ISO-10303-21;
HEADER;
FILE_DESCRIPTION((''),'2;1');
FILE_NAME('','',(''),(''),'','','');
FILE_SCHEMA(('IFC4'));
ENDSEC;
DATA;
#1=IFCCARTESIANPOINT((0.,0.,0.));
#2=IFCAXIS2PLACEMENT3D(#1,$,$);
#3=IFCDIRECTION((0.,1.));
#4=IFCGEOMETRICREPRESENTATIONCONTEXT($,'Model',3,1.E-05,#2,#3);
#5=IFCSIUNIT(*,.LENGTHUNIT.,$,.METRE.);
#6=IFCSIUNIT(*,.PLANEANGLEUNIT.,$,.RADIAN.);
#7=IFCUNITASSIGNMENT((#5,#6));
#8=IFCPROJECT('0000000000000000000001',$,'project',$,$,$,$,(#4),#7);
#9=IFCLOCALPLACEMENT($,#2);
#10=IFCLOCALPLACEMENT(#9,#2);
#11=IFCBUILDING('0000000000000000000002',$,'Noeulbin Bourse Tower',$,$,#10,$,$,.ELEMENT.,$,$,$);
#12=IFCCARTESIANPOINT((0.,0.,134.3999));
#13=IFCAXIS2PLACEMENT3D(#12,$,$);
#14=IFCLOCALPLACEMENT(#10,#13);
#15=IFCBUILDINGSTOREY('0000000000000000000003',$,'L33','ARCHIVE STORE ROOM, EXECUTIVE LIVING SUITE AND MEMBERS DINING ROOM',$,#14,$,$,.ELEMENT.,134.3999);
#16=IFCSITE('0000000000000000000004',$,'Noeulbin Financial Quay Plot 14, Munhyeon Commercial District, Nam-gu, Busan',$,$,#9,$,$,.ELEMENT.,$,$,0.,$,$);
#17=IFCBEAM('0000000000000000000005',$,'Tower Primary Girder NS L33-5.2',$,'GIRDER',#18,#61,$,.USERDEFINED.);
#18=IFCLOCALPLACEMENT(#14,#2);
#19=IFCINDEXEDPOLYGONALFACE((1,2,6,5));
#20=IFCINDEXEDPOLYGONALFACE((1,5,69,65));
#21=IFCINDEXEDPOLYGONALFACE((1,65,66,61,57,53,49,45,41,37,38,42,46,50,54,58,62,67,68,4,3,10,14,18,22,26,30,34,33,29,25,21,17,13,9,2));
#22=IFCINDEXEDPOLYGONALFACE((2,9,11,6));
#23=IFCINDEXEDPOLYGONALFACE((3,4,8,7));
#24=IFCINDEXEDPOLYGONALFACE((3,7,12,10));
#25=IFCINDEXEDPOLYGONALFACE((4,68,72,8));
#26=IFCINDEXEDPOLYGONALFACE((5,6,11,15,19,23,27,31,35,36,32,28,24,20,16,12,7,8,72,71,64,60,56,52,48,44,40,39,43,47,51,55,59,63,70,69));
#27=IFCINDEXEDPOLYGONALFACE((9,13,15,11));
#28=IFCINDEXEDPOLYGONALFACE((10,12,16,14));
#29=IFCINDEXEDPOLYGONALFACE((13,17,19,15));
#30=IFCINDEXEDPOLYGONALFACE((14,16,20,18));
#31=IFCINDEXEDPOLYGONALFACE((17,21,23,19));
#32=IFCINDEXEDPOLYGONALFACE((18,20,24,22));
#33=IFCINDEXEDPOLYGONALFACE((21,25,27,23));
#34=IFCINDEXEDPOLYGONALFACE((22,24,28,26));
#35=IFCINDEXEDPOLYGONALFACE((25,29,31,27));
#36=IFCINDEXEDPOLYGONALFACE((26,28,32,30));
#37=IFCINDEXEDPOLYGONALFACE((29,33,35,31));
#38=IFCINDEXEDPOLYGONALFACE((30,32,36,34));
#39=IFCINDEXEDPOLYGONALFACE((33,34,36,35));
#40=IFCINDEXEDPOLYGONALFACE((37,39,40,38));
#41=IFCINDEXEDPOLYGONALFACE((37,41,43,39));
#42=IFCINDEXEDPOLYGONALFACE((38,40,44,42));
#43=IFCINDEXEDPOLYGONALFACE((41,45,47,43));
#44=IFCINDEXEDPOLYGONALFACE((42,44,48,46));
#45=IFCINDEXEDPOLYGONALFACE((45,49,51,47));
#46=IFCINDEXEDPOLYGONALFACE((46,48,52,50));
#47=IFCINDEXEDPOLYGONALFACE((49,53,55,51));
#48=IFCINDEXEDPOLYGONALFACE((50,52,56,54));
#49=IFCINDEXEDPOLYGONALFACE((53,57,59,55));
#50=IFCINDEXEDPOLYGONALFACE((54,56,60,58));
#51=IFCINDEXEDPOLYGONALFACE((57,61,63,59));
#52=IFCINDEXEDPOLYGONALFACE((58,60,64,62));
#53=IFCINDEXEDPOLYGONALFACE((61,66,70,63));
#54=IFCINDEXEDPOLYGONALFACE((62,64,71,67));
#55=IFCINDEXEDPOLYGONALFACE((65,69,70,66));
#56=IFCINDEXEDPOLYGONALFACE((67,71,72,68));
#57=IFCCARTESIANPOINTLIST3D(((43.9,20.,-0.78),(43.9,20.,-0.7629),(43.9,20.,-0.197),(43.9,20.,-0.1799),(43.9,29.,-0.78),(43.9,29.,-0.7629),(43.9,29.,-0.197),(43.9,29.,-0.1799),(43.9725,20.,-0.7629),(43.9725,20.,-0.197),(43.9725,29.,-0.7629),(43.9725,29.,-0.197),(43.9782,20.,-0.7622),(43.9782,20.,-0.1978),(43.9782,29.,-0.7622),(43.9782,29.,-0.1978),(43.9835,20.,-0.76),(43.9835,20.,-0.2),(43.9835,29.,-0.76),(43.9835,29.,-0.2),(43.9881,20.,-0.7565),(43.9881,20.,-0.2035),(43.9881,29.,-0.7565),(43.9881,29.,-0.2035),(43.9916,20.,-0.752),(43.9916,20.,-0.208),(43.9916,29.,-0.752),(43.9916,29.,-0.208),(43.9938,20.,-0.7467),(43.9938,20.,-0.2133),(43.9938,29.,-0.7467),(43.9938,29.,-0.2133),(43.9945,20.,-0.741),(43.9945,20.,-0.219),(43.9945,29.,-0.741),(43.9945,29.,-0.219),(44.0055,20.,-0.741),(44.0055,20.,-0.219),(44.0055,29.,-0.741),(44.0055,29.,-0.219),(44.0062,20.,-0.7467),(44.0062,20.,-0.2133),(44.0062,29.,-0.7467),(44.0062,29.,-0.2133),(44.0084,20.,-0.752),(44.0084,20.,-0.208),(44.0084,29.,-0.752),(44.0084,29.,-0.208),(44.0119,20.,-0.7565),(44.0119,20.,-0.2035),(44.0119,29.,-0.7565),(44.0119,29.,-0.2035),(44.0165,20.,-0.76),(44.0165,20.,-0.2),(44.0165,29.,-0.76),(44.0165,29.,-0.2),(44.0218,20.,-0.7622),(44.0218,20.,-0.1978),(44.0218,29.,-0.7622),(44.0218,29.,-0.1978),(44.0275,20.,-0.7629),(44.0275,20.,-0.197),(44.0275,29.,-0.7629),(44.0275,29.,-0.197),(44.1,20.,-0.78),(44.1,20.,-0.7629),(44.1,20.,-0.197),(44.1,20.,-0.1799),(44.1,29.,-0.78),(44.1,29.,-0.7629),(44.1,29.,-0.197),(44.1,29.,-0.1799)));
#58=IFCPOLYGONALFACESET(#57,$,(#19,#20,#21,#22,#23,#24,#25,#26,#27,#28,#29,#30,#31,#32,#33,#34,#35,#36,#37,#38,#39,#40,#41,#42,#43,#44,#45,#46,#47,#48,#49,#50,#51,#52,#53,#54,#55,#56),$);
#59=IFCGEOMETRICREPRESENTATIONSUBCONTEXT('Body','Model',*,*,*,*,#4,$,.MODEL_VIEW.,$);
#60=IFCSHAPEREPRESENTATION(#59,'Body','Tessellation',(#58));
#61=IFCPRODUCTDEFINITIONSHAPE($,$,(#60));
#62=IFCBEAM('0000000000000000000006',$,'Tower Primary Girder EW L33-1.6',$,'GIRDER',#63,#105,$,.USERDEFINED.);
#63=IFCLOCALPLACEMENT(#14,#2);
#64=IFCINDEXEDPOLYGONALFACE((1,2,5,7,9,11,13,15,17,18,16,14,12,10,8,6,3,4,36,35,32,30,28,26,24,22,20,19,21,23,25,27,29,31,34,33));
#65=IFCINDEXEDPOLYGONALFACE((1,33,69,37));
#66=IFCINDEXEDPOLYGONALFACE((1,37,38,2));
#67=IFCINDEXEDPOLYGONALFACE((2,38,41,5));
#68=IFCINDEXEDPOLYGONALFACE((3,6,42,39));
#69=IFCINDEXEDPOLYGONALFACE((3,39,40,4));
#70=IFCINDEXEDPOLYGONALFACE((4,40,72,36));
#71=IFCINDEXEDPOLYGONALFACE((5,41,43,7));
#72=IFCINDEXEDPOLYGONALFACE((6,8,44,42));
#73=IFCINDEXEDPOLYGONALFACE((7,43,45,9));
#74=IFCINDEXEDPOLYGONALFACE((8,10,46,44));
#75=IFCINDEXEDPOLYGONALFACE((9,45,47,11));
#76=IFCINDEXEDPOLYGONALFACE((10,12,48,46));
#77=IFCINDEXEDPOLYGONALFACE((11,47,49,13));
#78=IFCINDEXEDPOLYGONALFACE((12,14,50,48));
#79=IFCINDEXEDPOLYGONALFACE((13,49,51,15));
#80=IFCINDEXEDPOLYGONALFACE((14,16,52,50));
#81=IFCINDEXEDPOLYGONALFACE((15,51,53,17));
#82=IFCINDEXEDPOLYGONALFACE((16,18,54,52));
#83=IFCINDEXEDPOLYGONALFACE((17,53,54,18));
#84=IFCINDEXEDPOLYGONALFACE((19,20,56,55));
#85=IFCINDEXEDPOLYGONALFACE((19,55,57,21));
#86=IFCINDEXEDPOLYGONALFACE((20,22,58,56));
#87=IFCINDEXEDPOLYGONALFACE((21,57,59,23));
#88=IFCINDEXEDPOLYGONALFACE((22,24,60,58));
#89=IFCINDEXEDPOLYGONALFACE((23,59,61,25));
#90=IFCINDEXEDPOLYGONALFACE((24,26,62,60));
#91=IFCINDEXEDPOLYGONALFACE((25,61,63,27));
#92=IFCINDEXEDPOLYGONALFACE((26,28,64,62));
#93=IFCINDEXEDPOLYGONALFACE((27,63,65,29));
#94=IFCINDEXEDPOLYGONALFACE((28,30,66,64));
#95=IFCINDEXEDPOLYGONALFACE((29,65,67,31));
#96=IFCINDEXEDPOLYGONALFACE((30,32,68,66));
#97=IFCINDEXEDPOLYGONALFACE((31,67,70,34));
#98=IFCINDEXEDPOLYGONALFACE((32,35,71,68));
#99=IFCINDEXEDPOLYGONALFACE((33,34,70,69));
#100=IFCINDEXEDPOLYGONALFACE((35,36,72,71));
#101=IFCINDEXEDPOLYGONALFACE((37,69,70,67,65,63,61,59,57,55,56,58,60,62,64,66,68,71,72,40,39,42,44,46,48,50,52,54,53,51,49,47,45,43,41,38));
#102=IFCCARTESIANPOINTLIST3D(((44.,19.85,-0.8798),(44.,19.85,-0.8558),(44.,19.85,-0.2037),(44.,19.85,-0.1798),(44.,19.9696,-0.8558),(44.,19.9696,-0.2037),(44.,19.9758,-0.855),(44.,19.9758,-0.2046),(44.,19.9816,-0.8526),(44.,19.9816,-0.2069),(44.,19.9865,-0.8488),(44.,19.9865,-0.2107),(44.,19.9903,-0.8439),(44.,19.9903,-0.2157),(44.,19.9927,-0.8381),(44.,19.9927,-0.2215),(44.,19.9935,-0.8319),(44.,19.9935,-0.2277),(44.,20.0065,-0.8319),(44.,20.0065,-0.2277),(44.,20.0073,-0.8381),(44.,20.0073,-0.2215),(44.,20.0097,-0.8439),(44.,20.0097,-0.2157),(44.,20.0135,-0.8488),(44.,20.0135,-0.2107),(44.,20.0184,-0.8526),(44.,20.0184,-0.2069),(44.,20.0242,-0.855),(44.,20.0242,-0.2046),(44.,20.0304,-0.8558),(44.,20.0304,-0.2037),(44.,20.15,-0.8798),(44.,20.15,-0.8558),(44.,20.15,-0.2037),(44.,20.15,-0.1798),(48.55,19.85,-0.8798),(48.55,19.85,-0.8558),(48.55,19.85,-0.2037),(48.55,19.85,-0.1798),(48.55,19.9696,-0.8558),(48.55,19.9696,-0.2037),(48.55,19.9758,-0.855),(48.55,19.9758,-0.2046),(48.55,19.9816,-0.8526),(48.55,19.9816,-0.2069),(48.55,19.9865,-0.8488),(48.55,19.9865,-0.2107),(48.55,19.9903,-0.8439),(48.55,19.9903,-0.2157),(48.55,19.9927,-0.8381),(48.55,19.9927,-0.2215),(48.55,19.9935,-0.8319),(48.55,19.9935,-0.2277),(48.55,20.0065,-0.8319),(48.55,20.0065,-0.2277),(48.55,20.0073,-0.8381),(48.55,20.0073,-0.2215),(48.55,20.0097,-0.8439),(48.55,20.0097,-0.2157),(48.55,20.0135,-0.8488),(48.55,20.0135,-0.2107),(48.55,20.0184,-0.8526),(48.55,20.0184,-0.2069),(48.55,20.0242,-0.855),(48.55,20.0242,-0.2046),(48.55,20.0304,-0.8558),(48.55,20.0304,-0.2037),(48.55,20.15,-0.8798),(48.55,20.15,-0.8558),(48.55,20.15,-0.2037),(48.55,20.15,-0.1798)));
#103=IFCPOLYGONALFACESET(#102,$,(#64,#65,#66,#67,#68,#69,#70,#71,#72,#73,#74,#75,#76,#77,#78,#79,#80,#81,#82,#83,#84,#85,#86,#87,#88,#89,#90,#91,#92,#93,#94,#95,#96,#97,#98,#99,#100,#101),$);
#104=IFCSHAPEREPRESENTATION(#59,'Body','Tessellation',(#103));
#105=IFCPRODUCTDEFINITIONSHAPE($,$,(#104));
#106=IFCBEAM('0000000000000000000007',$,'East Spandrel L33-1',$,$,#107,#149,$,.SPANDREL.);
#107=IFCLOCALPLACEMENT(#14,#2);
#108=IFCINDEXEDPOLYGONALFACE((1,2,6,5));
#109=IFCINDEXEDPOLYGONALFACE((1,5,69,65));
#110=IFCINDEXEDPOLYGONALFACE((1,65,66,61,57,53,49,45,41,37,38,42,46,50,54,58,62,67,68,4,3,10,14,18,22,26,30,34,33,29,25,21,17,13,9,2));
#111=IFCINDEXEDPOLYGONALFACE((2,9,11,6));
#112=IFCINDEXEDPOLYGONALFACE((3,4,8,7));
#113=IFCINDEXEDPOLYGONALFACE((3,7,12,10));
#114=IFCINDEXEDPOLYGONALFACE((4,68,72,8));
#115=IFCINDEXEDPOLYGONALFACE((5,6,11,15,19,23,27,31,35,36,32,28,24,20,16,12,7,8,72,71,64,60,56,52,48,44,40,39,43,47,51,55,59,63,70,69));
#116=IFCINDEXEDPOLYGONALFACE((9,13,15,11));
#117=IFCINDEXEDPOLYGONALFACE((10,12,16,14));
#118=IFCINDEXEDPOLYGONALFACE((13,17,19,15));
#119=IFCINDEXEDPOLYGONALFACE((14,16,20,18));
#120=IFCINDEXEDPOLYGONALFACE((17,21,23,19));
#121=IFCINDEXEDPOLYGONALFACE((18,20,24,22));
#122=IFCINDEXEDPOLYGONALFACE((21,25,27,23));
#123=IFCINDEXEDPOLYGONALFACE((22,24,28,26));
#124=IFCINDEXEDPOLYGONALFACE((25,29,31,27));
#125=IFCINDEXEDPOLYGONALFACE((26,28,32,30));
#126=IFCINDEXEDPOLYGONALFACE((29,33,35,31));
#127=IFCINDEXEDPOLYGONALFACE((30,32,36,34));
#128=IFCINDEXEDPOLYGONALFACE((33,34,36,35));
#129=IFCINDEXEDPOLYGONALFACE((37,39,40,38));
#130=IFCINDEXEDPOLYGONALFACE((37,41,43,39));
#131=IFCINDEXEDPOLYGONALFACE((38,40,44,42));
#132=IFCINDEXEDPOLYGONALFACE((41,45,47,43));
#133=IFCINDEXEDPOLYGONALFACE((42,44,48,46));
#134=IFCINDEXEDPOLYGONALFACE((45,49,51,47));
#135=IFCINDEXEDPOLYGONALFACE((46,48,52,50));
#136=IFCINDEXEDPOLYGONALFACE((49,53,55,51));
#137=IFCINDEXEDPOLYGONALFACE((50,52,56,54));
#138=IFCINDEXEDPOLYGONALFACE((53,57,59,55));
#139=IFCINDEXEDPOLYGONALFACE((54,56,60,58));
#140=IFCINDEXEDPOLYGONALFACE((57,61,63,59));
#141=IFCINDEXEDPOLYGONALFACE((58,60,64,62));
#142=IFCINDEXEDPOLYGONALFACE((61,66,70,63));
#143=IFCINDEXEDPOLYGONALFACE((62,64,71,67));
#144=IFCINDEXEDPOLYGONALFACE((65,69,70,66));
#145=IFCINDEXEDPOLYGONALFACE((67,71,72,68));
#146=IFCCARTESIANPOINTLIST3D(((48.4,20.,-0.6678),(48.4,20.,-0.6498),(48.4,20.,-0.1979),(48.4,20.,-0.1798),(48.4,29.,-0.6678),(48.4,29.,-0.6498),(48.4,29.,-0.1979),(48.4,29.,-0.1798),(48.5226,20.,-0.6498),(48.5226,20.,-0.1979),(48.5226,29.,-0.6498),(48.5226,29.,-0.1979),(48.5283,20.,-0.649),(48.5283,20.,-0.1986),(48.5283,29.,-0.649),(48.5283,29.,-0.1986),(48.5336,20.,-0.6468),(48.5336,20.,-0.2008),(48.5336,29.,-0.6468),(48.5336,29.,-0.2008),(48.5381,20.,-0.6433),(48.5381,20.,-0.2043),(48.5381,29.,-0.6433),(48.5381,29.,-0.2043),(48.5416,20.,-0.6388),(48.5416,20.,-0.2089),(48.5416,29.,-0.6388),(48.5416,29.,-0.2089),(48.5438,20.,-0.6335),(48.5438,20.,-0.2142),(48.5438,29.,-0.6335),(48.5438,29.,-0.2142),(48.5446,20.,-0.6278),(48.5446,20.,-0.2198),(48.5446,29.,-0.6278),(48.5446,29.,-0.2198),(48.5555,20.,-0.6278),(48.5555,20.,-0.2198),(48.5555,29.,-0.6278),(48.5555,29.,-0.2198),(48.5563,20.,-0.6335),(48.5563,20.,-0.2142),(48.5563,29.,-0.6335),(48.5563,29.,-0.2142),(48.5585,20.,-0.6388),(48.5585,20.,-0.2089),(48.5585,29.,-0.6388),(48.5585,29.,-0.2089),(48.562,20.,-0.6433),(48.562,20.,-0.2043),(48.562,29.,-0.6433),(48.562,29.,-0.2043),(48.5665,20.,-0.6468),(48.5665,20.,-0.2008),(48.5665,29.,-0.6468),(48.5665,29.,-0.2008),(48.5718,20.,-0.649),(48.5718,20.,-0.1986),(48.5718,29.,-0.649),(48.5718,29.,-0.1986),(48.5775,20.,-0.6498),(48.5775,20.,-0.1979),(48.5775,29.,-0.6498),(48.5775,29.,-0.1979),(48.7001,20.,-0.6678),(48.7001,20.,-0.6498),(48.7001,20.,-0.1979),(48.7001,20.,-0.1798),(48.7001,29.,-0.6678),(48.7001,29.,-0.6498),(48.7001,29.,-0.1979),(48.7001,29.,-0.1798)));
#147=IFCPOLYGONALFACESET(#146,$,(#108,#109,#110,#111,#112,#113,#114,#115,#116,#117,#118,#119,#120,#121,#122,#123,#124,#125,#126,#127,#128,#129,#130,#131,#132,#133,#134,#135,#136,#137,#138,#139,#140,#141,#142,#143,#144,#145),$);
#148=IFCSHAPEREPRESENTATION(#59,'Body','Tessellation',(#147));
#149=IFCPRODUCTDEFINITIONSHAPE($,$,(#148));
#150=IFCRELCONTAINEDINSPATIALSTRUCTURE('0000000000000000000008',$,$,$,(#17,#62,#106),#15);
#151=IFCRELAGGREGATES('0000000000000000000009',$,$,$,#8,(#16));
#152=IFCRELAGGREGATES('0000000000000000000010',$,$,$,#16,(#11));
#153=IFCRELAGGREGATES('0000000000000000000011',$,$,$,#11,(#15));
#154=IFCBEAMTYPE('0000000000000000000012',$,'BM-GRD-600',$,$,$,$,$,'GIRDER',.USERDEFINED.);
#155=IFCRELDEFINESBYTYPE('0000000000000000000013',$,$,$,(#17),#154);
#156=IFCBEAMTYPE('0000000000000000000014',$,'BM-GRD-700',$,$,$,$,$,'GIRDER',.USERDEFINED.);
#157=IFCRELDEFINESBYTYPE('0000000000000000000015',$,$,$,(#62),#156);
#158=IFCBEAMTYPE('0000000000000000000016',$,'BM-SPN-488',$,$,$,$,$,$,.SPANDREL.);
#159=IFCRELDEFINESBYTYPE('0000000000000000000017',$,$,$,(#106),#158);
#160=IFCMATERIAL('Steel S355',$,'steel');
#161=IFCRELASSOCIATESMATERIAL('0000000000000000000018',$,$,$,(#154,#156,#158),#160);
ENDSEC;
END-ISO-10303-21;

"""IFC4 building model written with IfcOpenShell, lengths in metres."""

from ifc_helpers import new_model, si_unit, direction, frame, origin, origin_2d, place, context, subcontext, project, spatial, i_section, extrude, material, material_profile, profile_set, type_object, element, save


model = new_model("IFC4")

# Units and contexts
model_context = context("Model", 3, precision=1e-05, world=origin(), true_north=direction((0.0, 1.0)))
body_context = subcontext(model_context, "Body", "Model", "MODEL_VIEW")
ifc_project = project(units=[si_unit("LENGTHUNIT", "METRE"), si_unit("PLANEANGLEUNIT", "RADIAN")], contexts=[model_context])

# Site, building, storey
site_placement = place(None, origin())
site = spatial("IfcSite", under=ifc_project, at=site_placement, Name="Noeulbin Financial Quay Plot 14, Munhyeon Commercial District, Nam-gu, Busan", CompositionType="ELEMENT", RefElevation=0.0)
building_placement = place(site_placement, origin())
building = spatial("IfcBuilding", under=site, at=building_placement, Name="Noeulbin Bourse Tower", CompositionType="ELEMENT")
storey_placement = place(building_placement, frame((0.0, 0.0, 134.3999)))
storey = spatial("IfcBuildingStorey", under=building, at=storey_placement, Name="L33", Description="ARCHIVE STORE ROOM, EXECUTIVE LIVING SUITE AND MEMBERS DINING ROOM", CompositionType="ELEMENT", Elevation=134.3999)

# Shared definitions
ifc_material_1 = material(Name="Steel S355", Category="steel")

# Beams
ifc_material_profile_1 = material_profile(ifc_material_1, i_section(OverallWidth=0.2, OverallDepth=0.6001, WebThickness=0.011, FlangeThickness=0.0171, FilletRadius=0.022, at=origin_2d()), Name="H-600x200x11x17", Category="LoadBearing")
ifc_profile_set_1 = profile_set([ifc_material_profile_1], Name="Steel S355")
beam_type_1 = type_object("IfcBeamType", Name="BM-GRD-600", ElementType="GIRDER", PredefinedType="USERDEFINED", material=ifc_profile_set_1)
beam_1_placement = place(storey_placement, frame((44.0, 20.0, -0.48), z_axis=(0.0, 1.0, 0.0), x_axis=(-1.0, 0.0, 0.0)))
element("IfcBeam", 1, at=beam_1_placement, inside=storey, type_object=beam_type_1, Name="Tower Primary Girder NS L33-5.2", ObjectType="GIRDER", PredefinedType="USERDEFINED", context=body_context, shape_type="SweptSolid", body=[
    extrude(i_section(OverallWidth=0.2, OverallDepth=0.6001, WebThickness=0.011, FlangeThickness=0.0171, FilletRadius=0.022, at=origin_2d()), origin(), (0.0, 0.0, 1.0), 9.0),
])
ifc_material_profile_2 = material_profile(ifc_material_1, i_section(OverallWidth=0.3, OverallDepth=0.7, WebThickness=0.0129, FlangeThickness=0.0239, FilletRadius=0.0239, at=origin_2d()), Name="H-700x300x13x24", Category="LoadBearing")
ifc_profile_set_2 = profile_set([ifc_material_profile_2], Name="Steel S355")
beam_type_2 = type_object("IfcBeamType", Name="BM-GRD-700", ElementType="GIRDER", PredefinedType="USERDEFINED", material=ifc_profile_set_2)
beam_2_placement = place(storey_placement, frame((44.0, 20.0, -0.5298), z_axis=(1.0, 0.0, 0.0), x_axis=(0.0, 1.0, 0.0)))
element("IfcBeam", 2, at=beam_2_placement, inside=storey, type_object=beam_type_2, Name="Tower Primary Girder EW L33-1.6", ObjectType="GIRDER", PredefinedType="USERDEFINED", context=body_context, shape_type="SweptSolid", body=[
    extrude(i_section(OverallWidth=0.3, OverallDepth=0.7, WebThickness=0.0129, FlangeThickness=0.0239, FilletRadius=0.0239, at=origin_2d()), origin(), (0.0, 0.0, 1.0), 4.55),
])
ifc_material_profile_3 = material_profile(ifc_material_1, i_section(OverallWidth=0.3, OverallDepth=0.488, WebThickness=0.011, FlangeThickness=0.0181, FilletRadius=0.022, at=origin_2d()), Name="H-488x300x11x18", Category="LoadBearing")
ifc_profile_set_3 = profile_set([ifc_material_profile_3], Name="Steel S355")
beam_type_3 = type_object("IfcBeamType", Name="BM-SPN-488", PredefinedType="SPANDREL", material=ifc_profile_set_3)
beam_3_placement = place(storey_placement, frame((48.55, 20.0, -0.4238), z_axis=(0.0, 1.0, 0.0), x_axis=(-1.0, 0.0, 0.0)))
element("IfcBeam", 3, at=beam_3_placement, inside=storey, type_object=beam_type_3, Name="East Spandrel L33-1", PredefinedType="SPANDREL", context=body_context, shape_type="SweptSolid", body=[
    extrude(i_section(OverallWidth=0.3, OverallDepth=0.488, WebThickness=0.011, FlangeThickness=0.0181, FilletRadius=0.022, at=origin_2d()), origin(), (0.0, 0.0, 1.0), 9.0),
])

save(model, "model.ifc")
